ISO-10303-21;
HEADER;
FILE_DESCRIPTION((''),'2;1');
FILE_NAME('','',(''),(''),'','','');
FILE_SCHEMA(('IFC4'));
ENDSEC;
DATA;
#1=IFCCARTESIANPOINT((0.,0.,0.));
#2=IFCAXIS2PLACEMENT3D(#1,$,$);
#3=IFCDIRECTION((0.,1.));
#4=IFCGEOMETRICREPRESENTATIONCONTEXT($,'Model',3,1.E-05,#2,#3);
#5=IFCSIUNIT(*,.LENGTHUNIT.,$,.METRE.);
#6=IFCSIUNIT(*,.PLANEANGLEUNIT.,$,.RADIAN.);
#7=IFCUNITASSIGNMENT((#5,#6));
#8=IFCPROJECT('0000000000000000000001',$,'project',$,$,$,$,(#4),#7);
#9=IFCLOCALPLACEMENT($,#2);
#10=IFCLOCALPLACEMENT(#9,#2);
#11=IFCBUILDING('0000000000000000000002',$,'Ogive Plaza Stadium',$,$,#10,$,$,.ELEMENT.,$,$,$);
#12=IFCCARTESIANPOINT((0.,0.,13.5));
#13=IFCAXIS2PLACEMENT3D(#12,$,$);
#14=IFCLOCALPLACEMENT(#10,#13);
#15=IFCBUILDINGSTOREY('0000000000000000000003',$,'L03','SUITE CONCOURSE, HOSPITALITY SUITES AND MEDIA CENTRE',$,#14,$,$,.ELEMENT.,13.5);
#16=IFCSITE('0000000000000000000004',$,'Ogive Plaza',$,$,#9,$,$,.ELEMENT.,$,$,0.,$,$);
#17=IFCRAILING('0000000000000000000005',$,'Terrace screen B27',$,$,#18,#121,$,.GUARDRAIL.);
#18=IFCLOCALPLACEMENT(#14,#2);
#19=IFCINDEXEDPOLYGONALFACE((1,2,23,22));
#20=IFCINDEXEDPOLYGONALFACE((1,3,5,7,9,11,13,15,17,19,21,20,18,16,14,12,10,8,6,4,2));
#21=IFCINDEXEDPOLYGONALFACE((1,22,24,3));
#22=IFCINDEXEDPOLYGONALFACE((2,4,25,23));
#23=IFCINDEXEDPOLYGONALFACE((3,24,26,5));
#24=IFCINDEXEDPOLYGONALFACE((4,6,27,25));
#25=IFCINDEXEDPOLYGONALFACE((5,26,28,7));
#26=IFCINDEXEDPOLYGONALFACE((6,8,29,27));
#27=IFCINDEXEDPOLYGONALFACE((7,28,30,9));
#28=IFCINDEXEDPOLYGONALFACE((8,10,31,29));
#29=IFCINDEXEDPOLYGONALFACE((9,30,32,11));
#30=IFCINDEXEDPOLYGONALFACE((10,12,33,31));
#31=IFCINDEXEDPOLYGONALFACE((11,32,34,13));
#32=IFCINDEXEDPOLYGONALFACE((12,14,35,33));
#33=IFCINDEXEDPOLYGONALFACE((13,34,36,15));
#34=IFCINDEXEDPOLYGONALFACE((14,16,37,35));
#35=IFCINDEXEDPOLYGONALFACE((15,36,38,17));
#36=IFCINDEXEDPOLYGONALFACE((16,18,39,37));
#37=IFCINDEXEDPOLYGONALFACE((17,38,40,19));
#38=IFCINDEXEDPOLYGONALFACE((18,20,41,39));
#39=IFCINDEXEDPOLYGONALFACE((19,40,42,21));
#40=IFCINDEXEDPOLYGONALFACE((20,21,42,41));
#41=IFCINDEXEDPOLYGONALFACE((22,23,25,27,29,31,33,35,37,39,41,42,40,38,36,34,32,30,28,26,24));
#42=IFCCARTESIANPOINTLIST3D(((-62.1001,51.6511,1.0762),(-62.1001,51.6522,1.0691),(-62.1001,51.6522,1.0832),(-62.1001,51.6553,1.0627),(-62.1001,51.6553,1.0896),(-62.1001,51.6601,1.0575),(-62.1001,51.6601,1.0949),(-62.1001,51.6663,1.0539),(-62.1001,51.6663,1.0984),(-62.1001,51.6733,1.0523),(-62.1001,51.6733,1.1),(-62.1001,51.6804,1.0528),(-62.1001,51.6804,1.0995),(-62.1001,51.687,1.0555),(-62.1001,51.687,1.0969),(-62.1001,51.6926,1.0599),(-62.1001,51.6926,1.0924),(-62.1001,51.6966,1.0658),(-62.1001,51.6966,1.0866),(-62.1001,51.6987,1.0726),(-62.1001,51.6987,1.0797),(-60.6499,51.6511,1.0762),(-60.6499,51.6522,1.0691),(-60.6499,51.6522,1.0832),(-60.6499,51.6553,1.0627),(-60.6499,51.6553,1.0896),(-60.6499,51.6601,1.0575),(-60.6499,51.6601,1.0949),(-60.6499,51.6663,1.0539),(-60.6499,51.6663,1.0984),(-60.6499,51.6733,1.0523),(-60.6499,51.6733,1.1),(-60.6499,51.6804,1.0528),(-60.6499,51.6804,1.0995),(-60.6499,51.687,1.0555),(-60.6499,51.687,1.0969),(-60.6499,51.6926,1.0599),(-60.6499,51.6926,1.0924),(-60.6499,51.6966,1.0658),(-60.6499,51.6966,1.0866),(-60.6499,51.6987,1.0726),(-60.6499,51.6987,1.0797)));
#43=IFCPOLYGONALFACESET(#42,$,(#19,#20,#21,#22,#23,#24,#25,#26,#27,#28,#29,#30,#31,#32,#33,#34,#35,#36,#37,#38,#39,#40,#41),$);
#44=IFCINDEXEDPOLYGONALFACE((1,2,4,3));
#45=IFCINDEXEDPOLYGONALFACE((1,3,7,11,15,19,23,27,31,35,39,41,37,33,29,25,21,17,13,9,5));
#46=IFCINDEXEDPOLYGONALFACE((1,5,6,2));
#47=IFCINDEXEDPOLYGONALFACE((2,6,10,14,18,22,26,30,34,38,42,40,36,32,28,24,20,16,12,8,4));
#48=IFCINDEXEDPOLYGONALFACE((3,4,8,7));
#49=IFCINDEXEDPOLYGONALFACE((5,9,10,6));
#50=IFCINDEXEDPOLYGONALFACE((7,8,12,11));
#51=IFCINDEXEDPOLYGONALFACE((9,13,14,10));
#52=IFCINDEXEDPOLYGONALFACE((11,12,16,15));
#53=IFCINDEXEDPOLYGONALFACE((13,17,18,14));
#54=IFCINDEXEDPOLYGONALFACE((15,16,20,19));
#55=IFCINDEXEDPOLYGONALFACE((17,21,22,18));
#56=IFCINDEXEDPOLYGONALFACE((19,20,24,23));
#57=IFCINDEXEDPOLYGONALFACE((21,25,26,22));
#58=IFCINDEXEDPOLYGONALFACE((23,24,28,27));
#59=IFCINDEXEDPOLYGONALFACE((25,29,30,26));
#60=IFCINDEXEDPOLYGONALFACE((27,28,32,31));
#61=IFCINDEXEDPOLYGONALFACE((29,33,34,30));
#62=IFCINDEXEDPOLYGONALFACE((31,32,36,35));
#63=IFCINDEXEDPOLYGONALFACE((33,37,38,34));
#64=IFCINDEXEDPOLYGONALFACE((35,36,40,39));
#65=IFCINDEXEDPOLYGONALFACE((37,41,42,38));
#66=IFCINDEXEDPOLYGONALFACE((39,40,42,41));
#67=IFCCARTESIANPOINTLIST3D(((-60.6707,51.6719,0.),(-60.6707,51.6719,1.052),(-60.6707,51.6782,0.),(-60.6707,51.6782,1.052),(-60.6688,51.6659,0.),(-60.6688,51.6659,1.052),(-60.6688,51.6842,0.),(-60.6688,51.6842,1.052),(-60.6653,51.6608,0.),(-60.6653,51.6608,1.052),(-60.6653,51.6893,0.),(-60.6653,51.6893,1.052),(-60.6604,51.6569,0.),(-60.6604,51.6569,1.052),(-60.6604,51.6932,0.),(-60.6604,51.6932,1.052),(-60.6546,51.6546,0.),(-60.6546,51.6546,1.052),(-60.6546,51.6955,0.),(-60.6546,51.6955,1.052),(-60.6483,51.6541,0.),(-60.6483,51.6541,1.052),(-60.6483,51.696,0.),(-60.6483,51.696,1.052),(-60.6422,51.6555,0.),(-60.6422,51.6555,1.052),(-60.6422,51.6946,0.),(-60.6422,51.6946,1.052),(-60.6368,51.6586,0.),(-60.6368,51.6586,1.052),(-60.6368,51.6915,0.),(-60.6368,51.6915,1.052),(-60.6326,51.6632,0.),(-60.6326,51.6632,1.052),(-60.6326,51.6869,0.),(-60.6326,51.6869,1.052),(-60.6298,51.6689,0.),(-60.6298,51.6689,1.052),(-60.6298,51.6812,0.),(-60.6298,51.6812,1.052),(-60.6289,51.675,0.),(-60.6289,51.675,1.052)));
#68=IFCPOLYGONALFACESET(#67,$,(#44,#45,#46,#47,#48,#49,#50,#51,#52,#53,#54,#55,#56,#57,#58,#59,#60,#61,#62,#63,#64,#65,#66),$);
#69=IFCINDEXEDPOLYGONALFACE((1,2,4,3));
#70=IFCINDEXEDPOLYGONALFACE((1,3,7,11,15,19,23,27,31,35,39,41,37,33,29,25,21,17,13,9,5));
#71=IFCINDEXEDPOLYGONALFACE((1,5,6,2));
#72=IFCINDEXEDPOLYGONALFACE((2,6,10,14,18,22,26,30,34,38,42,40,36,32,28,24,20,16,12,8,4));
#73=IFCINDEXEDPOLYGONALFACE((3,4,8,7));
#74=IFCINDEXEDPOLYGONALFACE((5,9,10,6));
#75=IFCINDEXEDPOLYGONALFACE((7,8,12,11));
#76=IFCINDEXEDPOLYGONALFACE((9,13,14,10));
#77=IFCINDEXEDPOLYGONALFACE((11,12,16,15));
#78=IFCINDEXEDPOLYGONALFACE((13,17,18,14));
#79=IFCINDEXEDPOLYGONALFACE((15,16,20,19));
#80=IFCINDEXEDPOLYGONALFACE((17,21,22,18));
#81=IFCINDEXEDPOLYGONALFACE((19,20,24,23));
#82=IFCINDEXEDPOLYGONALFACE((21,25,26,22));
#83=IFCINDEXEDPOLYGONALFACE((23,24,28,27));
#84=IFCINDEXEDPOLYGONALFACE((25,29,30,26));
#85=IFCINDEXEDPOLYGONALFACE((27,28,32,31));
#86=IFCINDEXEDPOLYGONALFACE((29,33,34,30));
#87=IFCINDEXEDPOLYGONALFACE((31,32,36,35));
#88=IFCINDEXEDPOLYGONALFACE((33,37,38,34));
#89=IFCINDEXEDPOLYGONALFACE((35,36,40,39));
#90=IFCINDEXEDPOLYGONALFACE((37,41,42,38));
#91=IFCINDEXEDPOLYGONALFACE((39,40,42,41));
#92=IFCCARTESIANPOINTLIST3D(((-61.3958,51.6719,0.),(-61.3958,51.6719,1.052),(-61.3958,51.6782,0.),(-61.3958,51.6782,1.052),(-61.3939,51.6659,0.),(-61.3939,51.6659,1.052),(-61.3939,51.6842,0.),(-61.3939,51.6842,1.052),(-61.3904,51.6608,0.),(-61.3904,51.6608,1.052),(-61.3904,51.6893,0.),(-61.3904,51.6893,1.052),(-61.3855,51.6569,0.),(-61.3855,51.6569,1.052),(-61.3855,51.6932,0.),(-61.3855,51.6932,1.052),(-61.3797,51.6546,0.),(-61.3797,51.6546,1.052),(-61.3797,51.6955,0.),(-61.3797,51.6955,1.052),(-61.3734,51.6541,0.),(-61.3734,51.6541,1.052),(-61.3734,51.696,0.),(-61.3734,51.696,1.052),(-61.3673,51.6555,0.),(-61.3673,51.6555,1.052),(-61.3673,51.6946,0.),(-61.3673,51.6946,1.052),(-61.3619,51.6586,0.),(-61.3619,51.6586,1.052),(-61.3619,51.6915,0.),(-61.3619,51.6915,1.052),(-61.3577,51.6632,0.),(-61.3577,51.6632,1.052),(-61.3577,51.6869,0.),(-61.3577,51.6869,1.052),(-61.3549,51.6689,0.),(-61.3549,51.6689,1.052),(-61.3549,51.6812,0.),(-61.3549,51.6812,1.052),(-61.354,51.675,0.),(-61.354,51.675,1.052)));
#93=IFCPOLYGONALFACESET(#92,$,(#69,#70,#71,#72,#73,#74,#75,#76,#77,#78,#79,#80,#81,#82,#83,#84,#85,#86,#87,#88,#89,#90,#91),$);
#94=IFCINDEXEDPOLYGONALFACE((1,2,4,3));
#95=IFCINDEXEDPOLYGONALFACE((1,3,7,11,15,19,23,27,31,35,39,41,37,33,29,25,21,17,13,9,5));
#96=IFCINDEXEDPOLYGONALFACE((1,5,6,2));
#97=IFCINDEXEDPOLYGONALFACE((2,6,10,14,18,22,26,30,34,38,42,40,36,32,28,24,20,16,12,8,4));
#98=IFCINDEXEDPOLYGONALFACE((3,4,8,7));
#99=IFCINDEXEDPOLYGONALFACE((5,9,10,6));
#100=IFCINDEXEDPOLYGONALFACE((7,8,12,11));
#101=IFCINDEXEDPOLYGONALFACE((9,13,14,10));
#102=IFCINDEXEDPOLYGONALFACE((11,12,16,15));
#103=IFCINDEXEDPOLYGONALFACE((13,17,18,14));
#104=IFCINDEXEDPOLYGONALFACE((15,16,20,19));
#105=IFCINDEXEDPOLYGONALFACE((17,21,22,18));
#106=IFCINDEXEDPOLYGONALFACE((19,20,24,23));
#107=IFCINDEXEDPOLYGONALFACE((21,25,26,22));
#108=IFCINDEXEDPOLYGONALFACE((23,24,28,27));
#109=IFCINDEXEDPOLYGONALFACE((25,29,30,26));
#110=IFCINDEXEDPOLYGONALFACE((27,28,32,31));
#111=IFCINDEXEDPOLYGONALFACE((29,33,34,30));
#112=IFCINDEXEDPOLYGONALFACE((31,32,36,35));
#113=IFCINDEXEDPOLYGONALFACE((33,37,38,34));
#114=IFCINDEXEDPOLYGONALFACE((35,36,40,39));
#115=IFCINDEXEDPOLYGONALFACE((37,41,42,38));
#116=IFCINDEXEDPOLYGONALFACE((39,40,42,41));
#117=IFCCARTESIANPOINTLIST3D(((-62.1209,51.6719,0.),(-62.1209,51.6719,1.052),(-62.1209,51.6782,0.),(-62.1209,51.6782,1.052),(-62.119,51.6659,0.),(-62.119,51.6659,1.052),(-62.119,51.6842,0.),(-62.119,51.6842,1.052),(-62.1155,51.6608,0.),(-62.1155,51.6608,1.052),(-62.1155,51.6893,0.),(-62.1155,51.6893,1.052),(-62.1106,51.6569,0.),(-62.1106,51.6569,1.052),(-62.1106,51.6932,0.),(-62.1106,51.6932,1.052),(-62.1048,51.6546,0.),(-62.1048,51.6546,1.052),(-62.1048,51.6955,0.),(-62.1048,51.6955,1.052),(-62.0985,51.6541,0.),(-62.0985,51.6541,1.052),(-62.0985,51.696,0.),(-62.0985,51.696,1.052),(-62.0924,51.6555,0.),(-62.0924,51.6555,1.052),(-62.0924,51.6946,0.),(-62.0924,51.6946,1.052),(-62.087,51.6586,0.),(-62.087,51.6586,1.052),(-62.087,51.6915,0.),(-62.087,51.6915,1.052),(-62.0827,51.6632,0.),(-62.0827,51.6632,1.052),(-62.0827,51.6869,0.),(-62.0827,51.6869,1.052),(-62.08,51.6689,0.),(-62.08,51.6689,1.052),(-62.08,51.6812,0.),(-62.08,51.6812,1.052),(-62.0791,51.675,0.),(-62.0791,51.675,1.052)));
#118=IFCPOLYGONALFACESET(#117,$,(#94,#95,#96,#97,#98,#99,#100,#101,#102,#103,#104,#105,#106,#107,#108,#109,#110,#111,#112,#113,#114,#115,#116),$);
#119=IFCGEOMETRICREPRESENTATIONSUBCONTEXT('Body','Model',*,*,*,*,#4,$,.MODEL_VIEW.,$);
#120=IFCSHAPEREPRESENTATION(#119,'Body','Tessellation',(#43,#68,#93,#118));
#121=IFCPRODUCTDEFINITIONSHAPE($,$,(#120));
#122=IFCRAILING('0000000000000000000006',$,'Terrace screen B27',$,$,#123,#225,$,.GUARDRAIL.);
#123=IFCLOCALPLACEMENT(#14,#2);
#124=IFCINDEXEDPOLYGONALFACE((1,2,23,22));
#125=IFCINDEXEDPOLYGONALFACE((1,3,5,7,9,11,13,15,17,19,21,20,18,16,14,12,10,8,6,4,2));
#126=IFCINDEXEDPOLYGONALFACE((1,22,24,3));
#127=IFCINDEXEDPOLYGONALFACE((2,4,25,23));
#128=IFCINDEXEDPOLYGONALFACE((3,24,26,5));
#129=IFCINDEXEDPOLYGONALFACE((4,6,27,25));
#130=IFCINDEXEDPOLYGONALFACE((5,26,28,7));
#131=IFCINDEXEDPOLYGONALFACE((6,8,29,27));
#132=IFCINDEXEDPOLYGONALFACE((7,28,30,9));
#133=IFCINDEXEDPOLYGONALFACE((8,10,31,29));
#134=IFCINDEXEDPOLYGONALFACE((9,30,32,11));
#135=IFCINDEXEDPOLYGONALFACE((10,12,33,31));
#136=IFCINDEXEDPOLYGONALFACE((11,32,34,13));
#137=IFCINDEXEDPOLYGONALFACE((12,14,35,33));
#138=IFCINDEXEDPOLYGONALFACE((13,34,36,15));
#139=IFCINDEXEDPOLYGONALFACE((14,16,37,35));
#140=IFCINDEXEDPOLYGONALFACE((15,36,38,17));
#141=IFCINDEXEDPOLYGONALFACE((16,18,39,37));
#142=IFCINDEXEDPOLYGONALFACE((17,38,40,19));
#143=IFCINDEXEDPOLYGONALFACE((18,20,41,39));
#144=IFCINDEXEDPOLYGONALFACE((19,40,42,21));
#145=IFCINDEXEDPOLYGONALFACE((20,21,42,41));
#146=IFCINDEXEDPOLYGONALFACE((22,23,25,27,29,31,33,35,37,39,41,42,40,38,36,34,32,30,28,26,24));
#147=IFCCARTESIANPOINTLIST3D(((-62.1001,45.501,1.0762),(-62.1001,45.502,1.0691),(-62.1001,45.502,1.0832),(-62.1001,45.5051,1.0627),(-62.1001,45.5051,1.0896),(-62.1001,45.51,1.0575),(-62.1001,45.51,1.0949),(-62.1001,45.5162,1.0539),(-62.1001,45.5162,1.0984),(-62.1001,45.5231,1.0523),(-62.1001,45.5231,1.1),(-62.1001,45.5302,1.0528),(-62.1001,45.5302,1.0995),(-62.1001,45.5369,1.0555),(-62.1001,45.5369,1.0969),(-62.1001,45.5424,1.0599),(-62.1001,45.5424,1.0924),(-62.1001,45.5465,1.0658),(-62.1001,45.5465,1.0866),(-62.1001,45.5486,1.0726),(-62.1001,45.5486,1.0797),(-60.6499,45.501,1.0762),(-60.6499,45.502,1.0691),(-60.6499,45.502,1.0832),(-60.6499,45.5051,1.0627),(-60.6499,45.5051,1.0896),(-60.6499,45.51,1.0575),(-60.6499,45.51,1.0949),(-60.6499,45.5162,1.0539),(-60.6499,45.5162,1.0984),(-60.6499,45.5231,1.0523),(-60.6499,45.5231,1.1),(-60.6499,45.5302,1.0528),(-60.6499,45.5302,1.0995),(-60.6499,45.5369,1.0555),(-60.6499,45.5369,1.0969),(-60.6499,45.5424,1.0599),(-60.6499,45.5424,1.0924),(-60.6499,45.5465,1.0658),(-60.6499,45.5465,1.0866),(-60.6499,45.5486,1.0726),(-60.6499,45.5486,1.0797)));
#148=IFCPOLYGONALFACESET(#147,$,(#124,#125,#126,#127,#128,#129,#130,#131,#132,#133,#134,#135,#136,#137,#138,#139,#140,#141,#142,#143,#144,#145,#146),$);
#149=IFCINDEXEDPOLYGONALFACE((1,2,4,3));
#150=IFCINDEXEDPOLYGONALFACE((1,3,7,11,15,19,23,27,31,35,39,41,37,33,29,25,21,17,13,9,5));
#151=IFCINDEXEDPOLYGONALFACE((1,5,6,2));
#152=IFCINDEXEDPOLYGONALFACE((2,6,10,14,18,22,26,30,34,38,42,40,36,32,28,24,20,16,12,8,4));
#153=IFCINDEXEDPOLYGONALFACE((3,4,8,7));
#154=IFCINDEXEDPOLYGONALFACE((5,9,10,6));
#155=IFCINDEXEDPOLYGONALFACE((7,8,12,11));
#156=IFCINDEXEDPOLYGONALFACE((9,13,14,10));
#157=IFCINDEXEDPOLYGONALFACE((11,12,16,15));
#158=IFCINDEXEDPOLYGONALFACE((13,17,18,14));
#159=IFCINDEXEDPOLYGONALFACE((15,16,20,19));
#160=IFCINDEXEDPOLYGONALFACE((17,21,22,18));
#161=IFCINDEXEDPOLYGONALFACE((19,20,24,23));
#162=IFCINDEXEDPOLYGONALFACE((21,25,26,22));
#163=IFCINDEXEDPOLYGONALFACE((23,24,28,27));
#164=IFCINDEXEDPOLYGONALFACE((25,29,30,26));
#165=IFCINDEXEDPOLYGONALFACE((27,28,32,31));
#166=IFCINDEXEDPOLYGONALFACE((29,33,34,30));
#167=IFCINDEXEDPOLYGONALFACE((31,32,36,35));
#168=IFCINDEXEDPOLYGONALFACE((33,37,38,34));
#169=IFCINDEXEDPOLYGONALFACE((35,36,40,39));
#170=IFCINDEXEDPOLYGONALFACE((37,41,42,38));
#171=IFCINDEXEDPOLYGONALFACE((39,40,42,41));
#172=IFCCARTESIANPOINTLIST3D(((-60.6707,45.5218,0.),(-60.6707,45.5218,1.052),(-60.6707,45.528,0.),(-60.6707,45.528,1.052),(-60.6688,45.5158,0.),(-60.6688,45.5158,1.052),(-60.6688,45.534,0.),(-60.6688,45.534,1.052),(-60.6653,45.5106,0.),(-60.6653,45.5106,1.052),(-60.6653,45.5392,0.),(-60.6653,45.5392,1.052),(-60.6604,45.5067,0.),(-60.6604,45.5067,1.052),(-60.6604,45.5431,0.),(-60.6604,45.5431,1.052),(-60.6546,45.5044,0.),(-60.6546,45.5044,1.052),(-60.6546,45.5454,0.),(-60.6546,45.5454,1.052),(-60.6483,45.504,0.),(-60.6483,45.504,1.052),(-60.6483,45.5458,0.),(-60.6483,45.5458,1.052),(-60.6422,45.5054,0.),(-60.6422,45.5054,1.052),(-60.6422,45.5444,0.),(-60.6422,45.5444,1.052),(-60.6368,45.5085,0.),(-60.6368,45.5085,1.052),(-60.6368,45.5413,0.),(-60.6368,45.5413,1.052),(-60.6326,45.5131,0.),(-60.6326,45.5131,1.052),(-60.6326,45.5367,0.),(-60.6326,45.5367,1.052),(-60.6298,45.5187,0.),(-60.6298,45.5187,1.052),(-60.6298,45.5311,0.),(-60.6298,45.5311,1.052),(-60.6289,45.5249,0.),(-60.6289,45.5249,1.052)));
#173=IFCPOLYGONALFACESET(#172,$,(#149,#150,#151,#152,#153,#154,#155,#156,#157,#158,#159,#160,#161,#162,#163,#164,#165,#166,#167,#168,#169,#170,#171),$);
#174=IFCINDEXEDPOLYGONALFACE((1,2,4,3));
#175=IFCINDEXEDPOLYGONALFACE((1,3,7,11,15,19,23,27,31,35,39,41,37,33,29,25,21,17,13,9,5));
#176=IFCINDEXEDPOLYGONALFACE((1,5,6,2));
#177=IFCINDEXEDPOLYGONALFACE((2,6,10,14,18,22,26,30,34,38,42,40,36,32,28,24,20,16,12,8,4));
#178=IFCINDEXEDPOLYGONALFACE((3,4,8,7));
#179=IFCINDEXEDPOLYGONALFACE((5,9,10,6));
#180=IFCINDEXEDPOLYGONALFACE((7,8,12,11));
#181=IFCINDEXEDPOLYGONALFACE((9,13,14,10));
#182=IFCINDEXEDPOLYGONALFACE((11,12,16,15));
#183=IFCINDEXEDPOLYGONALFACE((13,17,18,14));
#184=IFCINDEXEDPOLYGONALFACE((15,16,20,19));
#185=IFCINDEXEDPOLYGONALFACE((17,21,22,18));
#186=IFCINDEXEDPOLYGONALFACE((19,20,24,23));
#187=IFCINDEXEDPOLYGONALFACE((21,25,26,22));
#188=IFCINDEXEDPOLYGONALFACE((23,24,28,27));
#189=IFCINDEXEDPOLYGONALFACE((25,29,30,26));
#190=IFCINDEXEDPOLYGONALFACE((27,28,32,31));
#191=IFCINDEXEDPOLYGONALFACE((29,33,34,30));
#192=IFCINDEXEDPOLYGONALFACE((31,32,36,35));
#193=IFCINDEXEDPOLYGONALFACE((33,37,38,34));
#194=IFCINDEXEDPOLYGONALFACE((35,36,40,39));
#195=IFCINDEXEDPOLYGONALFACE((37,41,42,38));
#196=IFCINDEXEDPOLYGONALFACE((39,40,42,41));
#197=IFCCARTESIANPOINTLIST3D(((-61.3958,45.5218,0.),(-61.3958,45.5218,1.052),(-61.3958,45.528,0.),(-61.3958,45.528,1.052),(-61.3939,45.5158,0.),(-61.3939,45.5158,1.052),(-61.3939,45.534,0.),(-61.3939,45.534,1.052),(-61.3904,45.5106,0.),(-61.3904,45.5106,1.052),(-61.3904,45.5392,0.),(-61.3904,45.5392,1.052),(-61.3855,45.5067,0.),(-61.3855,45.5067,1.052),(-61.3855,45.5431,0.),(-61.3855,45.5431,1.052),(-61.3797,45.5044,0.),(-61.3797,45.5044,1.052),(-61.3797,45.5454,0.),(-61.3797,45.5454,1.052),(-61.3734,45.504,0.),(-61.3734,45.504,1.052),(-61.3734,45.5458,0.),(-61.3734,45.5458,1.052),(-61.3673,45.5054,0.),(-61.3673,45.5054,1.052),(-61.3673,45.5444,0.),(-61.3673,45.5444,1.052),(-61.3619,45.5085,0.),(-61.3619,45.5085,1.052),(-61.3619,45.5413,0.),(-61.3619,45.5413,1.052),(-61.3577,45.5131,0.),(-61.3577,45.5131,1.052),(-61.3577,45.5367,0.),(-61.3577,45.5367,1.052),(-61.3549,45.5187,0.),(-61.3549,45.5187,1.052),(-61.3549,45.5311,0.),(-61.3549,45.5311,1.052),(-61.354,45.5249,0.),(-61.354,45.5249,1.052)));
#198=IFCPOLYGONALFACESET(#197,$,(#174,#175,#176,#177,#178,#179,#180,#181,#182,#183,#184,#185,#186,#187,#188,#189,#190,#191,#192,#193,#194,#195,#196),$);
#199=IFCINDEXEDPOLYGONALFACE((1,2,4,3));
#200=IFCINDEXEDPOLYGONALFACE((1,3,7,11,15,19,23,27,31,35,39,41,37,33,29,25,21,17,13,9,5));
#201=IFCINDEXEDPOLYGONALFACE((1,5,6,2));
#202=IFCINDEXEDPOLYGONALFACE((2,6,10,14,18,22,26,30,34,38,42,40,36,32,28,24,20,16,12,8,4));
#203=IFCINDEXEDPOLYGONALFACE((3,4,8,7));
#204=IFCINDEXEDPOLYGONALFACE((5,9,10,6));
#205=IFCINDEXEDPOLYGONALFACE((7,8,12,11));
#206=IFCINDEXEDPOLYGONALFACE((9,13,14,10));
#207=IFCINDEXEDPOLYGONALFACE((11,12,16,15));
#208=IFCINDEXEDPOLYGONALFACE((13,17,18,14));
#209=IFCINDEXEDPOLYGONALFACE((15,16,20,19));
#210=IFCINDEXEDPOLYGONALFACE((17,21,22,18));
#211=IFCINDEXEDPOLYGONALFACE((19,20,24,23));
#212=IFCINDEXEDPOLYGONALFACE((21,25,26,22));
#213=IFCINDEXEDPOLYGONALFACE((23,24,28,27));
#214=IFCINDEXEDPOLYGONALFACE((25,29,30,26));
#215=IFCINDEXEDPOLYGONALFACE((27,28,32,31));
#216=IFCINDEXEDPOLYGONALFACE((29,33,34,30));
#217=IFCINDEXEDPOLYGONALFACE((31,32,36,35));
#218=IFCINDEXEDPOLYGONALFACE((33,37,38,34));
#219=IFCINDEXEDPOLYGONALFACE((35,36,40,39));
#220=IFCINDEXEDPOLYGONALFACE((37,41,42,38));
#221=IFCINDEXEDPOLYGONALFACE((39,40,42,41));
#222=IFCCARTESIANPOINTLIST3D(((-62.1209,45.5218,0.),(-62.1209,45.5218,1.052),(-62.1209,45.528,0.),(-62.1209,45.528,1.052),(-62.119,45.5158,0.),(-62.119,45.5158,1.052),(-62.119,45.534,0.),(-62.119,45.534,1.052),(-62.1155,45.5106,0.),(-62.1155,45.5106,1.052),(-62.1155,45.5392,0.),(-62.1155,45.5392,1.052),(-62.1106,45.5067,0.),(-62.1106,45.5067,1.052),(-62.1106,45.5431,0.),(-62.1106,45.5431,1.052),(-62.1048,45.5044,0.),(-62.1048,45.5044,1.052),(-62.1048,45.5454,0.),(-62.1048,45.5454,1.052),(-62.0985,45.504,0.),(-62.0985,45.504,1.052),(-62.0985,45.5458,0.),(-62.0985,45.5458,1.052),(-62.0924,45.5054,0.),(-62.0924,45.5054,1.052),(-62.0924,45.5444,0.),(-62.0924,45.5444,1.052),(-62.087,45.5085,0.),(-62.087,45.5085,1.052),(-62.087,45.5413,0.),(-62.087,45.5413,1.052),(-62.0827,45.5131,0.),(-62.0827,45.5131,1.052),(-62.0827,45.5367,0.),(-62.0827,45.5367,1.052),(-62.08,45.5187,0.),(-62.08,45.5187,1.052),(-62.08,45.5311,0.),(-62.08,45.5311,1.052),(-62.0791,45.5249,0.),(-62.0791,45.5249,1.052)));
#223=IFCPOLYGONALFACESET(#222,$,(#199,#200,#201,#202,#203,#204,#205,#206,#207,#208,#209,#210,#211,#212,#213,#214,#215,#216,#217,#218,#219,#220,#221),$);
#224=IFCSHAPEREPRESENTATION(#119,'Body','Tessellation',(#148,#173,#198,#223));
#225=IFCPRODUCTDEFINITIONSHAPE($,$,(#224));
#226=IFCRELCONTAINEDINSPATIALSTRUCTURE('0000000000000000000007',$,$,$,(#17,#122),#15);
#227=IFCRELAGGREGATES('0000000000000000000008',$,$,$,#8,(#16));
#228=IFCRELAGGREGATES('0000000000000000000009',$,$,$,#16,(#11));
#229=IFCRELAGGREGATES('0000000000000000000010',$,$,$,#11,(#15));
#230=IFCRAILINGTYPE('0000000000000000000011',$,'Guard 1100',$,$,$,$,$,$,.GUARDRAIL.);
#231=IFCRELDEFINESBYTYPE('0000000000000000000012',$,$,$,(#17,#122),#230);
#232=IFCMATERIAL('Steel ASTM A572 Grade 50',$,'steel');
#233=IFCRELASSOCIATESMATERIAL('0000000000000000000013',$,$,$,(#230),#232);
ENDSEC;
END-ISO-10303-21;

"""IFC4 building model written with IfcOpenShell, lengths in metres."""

from ifc_helpers import new_model, si_unit, direction, frame, origin, origin_2d, place, context, subcontext, project, spatial, circle, extrude, material, type_object, element, save


model = new_model("IFC4")

# Units and contexts
model_context = context("Model", 3, precision=1e-05, world=origin(), true_north=direction((0.0, 1.0)))
body_context = subcontext(model_context, "Body", "Model", "MODEL_VIEW")
ifc_project = project(units=[si_unit("LENGTHUNIT", "METRE"), si_unit("PLANEANGLEUNIT", "RADIAN")], contexts=[model_context])

# Site, building, storey
site_placement = place(None, origin())
site = spatial("IfcSite", under=ifc_project, at=site_placement, Name="Ogive Plaza", CompositionType="ELEMENT", RefElevation=0.0)
building_placement = place(site_placement, origin())
building = spatial("IfcBuilding", under=site, at=building_placement, Name="Ogive Plaza Stadium", CompositionType="ELEMENT")
storey_placement = place(building_placement, frame((0.0, 0.0, 13.5)))
storey = spatial("IfcBuildingStorey", under=building, at=storey_placement, Name="L03", Description="SUITE CONCOURSE, HOSPITALITY SUITES AND MEDIA CENTRE", CompositionType="ELEMENT", Elevation=13.5)

# Railings
ifc_material_1 = material(Name="Steel ASTM A572 Grade 50", Category="steel")
railing_type = type_object("IfcRailingType", Name="Guard 1100", PredefinedType="GUARDRAIL", material=ifc_material_1)
for number, where, name in (
    (1, (-60.6499, 51.675, 0.0), "Terrace screen B27"),
    (2, (-60.6499, 45.5249, 0.0), "Terrace screen B27"),
):
    element("IfcRailing", number, at=place(storey_placement, frame(where)), inside=storey, type_object=railing_type, Name=name, PredefinedType="GUARDRAIL", context=body_context, shape_type="SweptSolid", body=[
        extrude(circle(Radius=0.0239, at=origin_2d()), frame((0.0, 0.0, 1.0762), z_axis=(-1.0, 0.0, 0.0), x_axis=(0.0, -1.0, 0.0)), (0.0, 0.0, 1.0), 1.4502),
        extrude(circle(Radius=0.021, at=origin_2d()), origin(), (0.0, 0.0, 1.0), 1.052),
        extrude(circle(Radius=0.021, at=origin_2d()), frame((-0.7251, 0.0, 0.0)), (0.0, 0.0, 1.0), 1.052),
        extrude(circle(Radius=0.021, at=origin_2d()), frame((-1.4502, 0.0, 0.0)), (0.0, 0.0, 1.0), 1.052),
    ])

save(model, "model.ifc")
